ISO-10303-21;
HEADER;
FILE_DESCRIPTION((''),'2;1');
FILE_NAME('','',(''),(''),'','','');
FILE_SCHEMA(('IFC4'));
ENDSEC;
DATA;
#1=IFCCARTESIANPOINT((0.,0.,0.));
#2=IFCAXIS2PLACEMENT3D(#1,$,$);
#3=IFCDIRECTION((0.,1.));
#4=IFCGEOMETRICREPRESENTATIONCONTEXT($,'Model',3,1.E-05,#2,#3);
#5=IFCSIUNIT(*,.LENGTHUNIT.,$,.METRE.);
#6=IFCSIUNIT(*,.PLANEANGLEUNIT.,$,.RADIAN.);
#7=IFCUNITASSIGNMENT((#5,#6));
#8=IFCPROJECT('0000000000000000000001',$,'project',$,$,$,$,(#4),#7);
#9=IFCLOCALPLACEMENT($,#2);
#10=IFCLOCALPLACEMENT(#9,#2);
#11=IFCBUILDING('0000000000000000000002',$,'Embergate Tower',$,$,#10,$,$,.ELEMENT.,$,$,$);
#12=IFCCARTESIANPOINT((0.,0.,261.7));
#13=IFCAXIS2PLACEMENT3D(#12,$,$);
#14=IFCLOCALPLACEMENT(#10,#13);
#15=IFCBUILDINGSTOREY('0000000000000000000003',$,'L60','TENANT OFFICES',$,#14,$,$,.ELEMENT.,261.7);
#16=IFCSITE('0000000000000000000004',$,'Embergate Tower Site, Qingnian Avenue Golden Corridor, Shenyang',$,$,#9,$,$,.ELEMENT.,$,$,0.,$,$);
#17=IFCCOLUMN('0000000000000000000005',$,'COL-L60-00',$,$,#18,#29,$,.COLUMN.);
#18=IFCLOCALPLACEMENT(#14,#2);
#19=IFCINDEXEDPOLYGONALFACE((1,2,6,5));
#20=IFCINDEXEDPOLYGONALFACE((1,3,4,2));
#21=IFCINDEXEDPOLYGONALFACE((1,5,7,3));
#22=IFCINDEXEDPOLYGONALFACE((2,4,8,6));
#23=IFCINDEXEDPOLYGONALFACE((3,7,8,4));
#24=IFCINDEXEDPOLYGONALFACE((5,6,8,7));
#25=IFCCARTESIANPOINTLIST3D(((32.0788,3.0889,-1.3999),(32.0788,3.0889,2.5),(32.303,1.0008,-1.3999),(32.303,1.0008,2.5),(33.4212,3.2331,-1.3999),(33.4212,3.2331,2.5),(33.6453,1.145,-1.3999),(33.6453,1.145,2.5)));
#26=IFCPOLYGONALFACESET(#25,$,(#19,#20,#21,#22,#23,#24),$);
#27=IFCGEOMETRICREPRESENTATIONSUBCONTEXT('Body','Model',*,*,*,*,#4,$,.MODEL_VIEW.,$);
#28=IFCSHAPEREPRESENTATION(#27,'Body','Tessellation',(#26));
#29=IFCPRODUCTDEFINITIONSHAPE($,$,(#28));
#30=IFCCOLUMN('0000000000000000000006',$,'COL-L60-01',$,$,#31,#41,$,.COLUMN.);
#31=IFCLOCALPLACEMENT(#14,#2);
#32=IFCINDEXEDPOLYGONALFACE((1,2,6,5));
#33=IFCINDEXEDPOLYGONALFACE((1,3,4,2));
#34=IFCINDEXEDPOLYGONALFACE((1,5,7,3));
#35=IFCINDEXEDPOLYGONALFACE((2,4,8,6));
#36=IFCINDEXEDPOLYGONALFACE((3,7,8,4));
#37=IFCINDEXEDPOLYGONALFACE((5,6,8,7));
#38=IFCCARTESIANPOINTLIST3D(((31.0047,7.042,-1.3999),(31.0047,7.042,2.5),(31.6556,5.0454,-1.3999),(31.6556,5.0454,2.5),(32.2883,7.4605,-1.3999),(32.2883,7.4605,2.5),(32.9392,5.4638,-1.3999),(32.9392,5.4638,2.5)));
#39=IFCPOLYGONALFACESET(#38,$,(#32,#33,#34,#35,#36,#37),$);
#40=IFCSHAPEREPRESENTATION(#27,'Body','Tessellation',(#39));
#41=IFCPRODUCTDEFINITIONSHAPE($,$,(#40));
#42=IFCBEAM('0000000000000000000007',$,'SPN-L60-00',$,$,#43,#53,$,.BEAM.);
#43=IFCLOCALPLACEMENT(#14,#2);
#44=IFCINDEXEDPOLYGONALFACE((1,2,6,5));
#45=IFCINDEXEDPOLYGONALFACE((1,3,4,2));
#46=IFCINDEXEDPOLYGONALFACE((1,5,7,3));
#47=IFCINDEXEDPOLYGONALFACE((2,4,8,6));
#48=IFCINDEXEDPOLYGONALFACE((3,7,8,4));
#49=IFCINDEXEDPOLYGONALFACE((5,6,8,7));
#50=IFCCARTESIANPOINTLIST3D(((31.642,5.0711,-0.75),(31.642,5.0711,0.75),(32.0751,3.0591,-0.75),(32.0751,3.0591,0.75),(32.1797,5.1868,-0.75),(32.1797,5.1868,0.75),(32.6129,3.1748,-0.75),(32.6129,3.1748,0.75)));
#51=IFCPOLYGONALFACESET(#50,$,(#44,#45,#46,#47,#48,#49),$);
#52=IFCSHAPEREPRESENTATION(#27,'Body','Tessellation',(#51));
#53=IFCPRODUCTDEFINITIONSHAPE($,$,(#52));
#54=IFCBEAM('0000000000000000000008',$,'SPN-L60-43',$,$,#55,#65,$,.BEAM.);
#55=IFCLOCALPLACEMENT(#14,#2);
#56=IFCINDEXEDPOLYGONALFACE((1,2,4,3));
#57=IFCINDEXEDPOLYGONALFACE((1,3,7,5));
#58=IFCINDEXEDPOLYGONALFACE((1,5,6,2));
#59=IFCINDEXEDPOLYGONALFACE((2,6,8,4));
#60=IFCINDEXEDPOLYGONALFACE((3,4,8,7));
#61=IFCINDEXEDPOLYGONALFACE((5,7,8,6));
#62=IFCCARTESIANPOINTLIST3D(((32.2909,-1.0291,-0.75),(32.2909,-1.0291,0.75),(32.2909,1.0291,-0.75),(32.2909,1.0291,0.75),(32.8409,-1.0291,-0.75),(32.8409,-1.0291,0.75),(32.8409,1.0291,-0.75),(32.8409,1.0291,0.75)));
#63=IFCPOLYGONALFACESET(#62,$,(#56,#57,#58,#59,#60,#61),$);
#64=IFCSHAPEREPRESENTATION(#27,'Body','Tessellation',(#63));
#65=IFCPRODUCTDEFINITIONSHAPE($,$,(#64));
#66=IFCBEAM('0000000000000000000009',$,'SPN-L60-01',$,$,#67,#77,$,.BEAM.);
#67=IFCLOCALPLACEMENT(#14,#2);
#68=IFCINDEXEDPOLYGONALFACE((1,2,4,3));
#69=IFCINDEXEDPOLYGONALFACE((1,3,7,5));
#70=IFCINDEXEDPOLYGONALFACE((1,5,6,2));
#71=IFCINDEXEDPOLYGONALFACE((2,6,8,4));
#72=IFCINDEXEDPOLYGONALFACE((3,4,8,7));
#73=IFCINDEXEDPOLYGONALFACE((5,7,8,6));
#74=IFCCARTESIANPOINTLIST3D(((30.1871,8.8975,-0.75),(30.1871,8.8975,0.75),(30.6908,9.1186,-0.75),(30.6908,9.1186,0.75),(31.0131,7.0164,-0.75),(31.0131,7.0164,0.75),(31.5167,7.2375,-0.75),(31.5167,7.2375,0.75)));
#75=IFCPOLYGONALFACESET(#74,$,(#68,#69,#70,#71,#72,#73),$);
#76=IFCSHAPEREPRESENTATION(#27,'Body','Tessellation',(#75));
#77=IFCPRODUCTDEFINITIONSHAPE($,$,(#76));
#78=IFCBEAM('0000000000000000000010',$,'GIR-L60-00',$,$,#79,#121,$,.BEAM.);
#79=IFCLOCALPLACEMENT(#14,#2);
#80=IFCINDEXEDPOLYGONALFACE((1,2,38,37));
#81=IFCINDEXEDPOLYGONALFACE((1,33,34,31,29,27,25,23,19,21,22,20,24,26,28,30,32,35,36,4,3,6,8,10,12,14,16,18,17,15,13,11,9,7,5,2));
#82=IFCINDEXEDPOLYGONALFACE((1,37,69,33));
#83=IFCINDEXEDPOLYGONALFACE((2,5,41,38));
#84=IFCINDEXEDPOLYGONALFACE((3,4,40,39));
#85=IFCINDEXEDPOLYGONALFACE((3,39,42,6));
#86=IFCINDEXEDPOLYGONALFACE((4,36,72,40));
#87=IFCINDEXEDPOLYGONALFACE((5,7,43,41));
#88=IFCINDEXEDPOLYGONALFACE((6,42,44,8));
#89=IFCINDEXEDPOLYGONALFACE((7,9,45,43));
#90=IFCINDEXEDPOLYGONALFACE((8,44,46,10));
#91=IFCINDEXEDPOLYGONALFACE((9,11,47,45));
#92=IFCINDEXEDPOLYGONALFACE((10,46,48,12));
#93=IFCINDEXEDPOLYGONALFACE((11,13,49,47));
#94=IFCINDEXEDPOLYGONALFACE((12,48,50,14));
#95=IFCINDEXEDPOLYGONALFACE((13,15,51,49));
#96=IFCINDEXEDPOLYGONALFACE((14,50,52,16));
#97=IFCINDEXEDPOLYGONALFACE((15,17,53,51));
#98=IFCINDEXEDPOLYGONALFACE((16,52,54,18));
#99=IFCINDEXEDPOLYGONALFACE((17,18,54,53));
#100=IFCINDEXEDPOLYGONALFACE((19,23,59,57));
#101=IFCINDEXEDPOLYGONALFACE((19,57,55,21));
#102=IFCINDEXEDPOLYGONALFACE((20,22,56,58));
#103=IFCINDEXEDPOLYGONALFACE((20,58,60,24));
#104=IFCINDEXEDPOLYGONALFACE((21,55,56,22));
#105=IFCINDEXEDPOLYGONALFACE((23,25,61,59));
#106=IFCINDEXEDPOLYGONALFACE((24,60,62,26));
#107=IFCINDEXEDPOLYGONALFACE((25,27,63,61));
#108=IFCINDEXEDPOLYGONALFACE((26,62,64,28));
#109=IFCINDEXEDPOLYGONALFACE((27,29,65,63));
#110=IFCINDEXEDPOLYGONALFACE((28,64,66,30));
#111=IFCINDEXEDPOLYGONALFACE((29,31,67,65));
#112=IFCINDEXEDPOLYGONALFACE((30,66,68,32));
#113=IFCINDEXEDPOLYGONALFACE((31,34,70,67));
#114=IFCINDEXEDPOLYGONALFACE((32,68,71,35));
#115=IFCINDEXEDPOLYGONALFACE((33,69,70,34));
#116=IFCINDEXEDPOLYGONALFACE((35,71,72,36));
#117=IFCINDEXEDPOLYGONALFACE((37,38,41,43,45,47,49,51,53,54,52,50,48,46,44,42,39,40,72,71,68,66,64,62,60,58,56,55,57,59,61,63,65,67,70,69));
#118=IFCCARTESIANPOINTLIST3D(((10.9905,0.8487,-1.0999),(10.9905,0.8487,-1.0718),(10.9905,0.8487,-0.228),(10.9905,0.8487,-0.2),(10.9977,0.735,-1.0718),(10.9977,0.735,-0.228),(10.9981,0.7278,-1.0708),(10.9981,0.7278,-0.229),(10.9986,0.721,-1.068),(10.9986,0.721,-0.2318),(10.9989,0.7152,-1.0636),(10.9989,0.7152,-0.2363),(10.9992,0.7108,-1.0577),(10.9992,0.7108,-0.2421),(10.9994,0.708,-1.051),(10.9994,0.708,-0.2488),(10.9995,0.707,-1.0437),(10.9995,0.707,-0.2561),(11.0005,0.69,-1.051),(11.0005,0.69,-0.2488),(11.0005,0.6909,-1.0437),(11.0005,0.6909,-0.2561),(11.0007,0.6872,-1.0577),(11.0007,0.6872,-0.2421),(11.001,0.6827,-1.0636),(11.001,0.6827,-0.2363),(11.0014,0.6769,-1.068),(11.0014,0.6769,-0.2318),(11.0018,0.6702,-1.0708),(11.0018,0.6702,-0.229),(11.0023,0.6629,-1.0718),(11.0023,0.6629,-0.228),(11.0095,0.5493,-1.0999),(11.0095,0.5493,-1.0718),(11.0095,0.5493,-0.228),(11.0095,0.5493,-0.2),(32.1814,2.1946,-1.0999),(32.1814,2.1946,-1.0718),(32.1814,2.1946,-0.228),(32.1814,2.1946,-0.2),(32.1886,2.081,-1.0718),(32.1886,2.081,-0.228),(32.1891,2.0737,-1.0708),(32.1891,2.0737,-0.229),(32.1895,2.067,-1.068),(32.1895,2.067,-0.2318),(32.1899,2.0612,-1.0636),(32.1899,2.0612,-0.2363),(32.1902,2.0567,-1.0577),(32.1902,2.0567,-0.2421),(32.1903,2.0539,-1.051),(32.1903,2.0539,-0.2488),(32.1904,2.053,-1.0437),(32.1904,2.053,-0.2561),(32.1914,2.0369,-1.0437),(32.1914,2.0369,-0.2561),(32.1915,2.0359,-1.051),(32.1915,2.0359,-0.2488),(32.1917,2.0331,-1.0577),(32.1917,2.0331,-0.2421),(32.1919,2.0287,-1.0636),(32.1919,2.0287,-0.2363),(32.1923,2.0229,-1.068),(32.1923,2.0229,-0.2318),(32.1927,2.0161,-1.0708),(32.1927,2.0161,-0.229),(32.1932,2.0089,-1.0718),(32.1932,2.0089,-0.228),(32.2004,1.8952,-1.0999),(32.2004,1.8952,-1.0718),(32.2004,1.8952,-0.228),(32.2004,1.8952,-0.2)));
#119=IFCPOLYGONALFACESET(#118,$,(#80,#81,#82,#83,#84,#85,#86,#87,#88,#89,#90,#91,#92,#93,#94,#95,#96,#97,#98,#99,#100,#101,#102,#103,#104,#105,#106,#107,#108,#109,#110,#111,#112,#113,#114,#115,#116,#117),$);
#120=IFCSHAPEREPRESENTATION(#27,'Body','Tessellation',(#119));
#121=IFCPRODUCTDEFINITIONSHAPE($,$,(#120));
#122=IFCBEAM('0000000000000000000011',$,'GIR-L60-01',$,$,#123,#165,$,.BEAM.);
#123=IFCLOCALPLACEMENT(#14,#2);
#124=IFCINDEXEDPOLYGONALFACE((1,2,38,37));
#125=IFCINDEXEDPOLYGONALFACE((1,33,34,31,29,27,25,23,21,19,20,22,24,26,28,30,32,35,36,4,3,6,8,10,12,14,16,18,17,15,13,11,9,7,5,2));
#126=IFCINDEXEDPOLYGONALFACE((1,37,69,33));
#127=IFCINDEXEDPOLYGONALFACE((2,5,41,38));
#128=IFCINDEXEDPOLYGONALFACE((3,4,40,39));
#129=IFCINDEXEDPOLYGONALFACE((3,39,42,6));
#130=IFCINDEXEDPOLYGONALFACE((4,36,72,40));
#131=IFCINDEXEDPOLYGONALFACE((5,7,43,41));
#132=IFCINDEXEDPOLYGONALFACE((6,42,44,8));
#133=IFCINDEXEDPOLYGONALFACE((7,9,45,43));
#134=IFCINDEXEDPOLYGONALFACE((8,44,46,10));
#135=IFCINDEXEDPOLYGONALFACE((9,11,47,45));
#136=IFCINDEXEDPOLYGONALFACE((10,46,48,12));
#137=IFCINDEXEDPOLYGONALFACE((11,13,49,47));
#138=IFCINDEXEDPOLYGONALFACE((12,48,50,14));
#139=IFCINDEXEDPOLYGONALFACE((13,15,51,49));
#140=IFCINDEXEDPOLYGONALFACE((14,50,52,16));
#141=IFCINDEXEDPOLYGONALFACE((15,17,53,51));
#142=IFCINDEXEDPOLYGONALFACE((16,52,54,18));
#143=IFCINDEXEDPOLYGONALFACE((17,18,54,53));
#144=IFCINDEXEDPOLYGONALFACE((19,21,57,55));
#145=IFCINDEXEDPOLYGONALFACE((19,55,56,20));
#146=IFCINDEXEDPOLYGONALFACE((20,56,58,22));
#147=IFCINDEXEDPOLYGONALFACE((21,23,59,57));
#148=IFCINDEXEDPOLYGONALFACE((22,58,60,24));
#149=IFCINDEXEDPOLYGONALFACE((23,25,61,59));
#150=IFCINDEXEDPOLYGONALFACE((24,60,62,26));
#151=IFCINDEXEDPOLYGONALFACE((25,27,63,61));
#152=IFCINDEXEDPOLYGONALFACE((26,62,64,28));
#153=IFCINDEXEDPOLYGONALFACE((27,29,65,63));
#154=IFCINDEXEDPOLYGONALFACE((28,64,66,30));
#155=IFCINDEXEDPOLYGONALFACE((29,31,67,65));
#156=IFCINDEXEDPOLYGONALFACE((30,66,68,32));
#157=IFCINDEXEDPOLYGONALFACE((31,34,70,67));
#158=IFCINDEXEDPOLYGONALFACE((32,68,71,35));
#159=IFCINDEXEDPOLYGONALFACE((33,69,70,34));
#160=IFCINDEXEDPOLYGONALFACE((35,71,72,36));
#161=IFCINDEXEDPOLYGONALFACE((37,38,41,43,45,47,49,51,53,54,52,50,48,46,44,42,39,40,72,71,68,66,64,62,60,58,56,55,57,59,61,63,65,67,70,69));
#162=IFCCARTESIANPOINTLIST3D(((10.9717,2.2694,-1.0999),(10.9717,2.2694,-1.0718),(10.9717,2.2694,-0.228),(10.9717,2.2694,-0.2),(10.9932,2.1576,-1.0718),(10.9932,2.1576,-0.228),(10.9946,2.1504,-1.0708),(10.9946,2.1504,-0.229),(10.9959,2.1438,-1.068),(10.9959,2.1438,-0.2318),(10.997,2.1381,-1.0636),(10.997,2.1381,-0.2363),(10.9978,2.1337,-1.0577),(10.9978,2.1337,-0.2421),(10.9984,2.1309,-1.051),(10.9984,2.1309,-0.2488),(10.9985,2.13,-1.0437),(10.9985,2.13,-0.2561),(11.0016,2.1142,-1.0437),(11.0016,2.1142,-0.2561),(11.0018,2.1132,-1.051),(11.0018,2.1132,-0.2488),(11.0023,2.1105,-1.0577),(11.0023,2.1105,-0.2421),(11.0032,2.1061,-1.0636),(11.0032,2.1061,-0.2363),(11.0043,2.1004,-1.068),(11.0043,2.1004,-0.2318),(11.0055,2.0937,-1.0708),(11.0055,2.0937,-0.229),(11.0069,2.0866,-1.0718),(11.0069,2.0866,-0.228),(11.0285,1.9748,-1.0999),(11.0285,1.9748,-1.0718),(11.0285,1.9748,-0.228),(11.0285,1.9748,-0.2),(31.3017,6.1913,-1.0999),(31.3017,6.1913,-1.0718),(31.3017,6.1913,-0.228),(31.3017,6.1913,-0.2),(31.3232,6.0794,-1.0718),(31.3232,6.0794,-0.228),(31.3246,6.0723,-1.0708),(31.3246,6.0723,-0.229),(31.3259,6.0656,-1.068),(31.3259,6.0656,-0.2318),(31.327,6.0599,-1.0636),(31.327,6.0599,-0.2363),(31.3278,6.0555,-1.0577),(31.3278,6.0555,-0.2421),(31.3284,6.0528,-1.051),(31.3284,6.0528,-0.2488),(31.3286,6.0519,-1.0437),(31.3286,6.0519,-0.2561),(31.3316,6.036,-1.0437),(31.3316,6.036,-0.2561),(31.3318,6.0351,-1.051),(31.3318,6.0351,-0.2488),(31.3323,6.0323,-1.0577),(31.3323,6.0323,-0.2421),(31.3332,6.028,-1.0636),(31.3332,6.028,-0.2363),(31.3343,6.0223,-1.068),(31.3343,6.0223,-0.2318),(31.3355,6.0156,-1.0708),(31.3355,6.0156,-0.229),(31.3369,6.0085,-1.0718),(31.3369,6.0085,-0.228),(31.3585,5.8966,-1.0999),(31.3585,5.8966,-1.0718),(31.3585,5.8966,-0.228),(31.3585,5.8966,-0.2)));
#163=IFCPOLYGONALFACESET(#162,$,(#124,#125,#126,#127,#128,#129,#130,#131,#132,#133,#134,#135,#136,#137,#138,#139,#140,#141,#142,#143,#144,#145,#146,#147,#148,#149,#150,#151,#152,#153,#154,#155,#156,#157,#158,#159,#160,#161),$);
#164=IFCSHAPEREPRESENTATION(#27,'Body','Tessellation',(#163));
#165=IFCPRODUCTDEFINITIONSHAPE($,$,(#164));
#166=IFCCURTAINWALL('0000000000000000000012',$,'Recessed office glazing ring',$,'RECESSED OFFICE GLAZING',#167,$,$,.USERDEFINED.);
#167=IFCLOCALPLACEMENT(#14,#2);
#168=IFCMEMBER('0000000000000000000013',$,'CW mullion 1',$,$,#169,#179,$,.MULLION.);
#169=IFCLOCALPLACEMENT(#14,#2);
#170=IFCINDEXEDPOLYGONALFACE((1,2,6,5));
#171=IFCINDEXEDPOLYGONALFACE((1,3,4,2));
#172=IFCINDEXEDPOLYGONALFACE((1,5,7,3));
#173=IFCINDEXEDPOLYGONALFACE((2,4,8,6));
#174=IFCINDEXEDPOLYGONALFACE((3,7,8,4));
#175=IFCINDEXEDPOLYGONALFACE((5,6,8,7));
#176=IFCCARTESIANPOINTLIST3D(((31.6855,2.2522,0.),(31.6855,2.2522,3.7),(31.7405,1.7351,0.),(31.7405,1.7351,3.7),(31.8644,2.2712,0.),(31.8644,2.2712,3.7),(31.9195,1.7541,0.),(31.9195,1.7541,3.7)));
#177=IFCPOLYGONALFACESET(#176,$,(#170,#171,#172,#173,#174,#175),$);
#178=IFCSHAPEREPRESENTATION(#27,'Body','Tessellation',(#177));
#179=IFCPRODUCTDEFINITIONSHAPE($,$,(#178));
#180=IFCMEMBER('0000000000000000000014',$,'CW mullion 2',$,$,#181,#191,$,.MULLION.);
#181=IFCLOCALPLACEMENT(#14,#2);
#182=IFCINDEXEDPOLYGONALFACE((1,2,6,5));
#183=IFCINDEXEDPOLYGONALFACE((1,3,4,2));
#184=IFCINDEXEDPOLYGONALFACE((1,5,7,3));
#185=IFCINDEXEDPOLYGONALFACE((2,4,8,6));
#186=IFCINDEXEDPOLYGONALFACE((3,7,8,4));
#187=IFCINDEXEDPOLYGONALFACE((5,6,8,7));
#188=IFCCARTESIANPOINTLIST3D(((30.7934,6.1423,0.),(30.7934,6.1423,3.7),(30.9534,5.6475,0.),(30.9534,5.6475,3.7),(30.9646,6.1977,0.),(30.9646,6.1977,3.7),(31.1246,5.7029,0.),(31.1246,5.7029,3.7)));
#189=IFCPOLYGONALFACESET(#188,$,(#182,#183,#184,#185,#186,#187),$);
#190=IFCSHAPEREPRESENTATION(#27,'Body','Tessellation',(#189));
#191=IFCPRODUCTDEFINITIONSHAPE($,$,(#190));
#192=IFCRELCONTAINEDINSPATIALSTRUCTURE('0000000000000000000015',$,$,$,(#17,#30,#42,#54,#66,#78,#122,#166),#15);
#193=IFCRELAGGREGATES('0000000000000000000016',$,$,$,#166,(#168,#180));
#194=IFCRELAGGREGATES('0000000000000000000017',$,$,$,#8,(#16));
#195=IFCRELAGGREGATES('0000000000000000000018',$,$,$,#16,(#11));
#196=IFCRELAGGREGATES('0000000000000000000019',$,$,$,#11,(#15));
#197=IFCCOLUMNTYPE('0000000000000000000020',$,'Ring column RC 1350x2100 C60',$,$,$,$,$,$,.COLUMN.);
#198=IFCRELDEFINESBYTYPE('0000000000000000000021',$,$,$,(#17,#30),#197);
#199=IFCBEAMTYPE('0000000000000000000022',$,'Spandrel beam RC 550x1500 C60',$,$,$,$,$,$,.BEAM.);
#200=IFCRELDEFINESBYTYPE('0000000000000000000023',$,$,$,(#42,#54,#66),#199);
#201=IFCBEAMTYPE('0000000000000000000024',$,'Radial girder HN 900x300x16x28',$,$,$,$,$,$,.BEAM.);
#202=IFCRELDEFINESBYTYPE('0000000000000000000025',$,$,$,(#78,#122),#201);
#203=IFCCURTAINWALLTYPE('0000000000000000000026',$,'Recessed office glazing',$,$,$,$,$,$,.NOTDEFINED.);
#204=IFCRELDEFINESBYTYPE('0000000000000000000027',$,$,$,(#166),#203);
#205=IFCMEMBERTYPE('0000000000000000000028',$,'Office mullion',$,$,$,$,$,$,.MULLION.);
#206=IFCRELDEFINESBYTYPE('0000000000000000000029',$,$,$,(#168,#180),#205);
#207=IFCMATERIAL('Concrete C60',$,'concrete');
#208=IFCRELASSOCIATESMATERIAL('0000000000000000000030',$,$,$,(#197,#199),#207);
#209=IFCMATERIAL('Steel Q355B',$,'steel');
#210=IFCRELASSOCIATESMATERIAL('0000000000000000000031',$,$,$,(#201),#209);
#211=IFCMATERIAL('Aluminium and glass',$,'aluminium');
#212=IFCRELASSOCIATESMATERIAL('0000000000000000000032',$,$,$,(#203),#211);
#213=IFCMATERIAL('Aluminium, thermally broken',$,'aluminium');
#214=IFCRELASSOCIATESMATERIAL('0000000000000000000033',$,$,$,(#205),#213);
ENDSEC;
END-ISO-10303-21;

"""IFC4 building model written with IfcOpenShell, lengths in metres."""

from ifc_helpers import new_model, si_unit, direction, frame, origin, origin_2d, place, context, subcontext, project, spatial, rectangle, i_section, extrude, source, transform, mapped, material, material_profile, profile_set, type_object, element, aggregate, save


model = new_model("IFC4")

# Units and contexts
model_context = context("Model", 3, precision=1e-05, world=origin(), true_north=direction((0.0, 1.0)))
body_context = subcontext(model_context, "Body", "Model", "MODEL_VIEW")
ifc_project = project(units=[si_unit("LENGTHUNIT", "METRE"), si_unit("PLANEANGLEUNIT", "RADIAN")], contexts=[model_context])

# Site, building, storey
site_placement = place(None, origin())
site = spatial("IfcSite", under=ifc_project, at=site_placement, Name="Embergate Tower Site, Qingnian Avenue Golden Corridor, Shenyang", CompositionType="ELEMENT", RefElevation=0.0)
building_placement = place(site_placement, origin())
building = spatial("IfcBuilding", under=site, at=building_placement, Name="Embergate Tower", CompositionType="ELEMENT")
storey_placement = place(building_placement, frame((0.0, 0.0, 261.7)))
storey = spatial("IfcBuildingStorey", under=building, at=storey_placement, Name="L60", Description="TENANT OFFICES", CompositionType="ELEMENT", Elevation=261.7)

# Columns
ifc_material_1 = material(Name="Concrete C60", Category="concrete")
ifc_material_profile_1 = material_profile(ifc_material_1, rectangle(XDim=1.3501, YDim=2.1001, at=origin_2d()), Name="RC 1350x2100")
ifc_profile_set_1 = profile_set([ifc_material_profile_1], Name="Concrete C60")
column_type = type_object("IfcColumnType", Name="Ring column RC 1350x2100 C60", PredefinedType="COLUMN", material=ifc_profile_set_1)
shared_shape_1 = source(origin(), body_context, "Body", "SweptSolid", [
    extrude(rectangle(XDim=1.3501, YDim=2.1001, at=origin_2d()), origin(), (0.0, 0.0, 1.0), 3.8999),
])
for number, where, z_axis, x_axis, name in (
    (1, (32.8621, 2.1169, -1.3999), (0.0, 0.0, 1.0), (0.994286, 0.10675, 0.0), "COL-L60-00"),
    (2, (31.9719, 6.2529, -1.3999), (0.0, 0.0, 1.0), (0.950754, 0.309946, 0.0), "COL-L60-01"),
):
    element("IfcColumn", number, at=place(storey_placement, frame(where, z_axis=z_axis, x_axis=x_axis)), inside=storey, type_object=column_type, Name=name, PredefinedType="COLUMN", context=body_context, shape_type="MappedRepresentation", body=[
        mapped(shared_shape_1, transform((0.0, 0.0, 0.0))),
    ])

# Beams
ifc_material_profile_2 = material_profile(ifc_material_1, rectangle(XDim=0.55, YDim=1.5, at=origin_2d()), Name="RC 550x1500")
ifc_profile_set_2 = profile_set([ifc_material_profile_2], Name="Concrete C60")
beam_type_1 = type_object("IfcBeamType", Name="Spandrel beam RC 550x1500 C60", PredefinedType="BEAM", material=ifc_profile_set_2)
shared_shape_2 = source(origin(), body_context, "Body", "SweptSolid", [
    extrude(rectangle(XDim=0.55, YDim=1.5, at=origin_2d()), origin(), (0.0, 0.0, 1.0), 2.0581),
])
for number, where, z_axis, x_axis, name in (
    (3, (32.344, 3.1169, 0.0), (-0.210444, 0.977606, 0.0), (-0.977606, -0.210444, 0.0), "SPN-L60-00"),
    (4, (32.5659, -1.0291, 0.0), (0.0, 1.0, 0.0), (-1.0, 0.0, 0.0), "SPN-L60-43"),
):
    element("IfcBeam", number, at=place(storey_placement, frame(where, z_axis=z_axis, x_axis=x_axis)), inside=storey, type_object=beam_type_1, Name=name, PredefinedType="BEAM", context=body_context, shape_type="MappedRepresentation", body=[
        mapped(shared_shape_2, transform((0.0, 0.0, 0.0))),
    ])
shared_shape_3 = source(origin(), body_context, "Body", "SweptSolid", [
    extrude(rectangle(XDim=0.55, YDim=1.5, at=origin_2d()), origin(), (0.0, 0.0, 1.0), 2.0544),
])
beam_1_placement = place(storey_placement, frame((31.2649, 7.127, 0.0), z_axis=(-0.402022, 0.91563, 0.0), x_axis=(-0.91563, -0.402022, 0.0)))
element("IfcBeam", 5, at=beam_1_placement, inside=storey, type_object=beam_type_1, Name="SPN-L60-01", PredefinedType="BEAM", context=body_context, shape_type="MappedRepresentation", body=[
    mapped(shared_shape_3, transform((0.0, 0.0, 0.0))),
])
ifc_material_2 = material(Name="Steel Q355B", Category="steel")
ifc_material_profile_3 = material_profile(ifc_material_2, i_section(OverallWidth=0.3, OverallDepth=0.8999, WebThickness=0.0161, FlangeThickness=0.0281, FilletRadius=0.0281, at=origin_2d()), Name="HN 900x300x16x28")
ifc_profile_set_3 = profile_set([ifc_material_profile_3], Name="Steel Q355 grade B")
beam_type_2 = type_object("IfcBeamType", Name="Radial girder HN 900x300x16x28", PredefinedType="BEAM", material=ifc_profile_set_3)
shared_shape_4 = source(origin(), body_context, "Body", "SweptSolid", [
    extrude(i_section(OverallWidth=0.3, OverallDepth=0.8999, WebThickness=0.0161, FlangeThickness=0.0281, FilletRadius=0.0281, at=origin_2d()), origin(), (0.0, 0.0, 1.0), 21.2336),
])
beam_2_placement = place(storey_placement, frame((32.1909, 2.0449, -0.6499), z_axis=(-0.997989, -0.063388, 0.0), x_axis=(0.063388, -0.997989, 0.0)))
element("IfcBeam", 6, at=beam_2_placement, inside=storey, type_object=beam_type_2, Name="GIR-L60-00", PredefinedType="BEAM", context=body_context, shape_type="MappedRepresentation", body=[
    mapped(shared_shape_4, transform((0.0, 0.0, 0.0))),
])
shared_shape_5 = source(origin(), body_context, "Body", "SweptSolid", [
    extrude(i_section(OverallWidth=0.3, OverallDepth=0.8999, WebThickness=0.0161, FlangeThickness=0.0281, FilletRadius=0.0281, at=origin_2d()), origin(), (0.0, 0.0, 1.0), 20.7048),
])
beam_3_placement = place(storey_placement, frame((31.3301, 6.0439, -0.6499), z_axis=(-0.981897, -0.189418, 0.0), x_axis=(0.189418, -0.981897, 0.0)))
element("IfcBeam", 7, at=beam_3_placement, inside=storey, type_object=beam_type_2, Name="GIR-L60-01", PredefinedType="BEAM", context=body_context, shape_type="MappedRepresentation", body=[
    mapped(shared_shape_5, transform((0.0, 0.0, 0.0))),
])

# Curtain wall, members
ifc_material_3 = material(Name="Aluminium and glass", Category="aluminium")
curtain_wall_type = type_object("IfcCurtainWallType", Name="Recessed office glazing", PredefinedType="NOTDEFINED", material=ifc_material_3)
curtain_wall_placement = place(storey_placement, origin())
curtain_wall = element("IfcCurtainWall", 8, at=curtain_wall_placement, inside=storey, type_object=curtain_wall_type, Name="Recessed office glazing ring", ObjectType="RECESSED OFFICE GLAZING", PredefinedType="USERDEFINED")
ifc_material_4 = material(Name="Aluminium, thermally broken", Category="aluminium")
ifc_material_profile_4 = material_profile(ifc_material_4, rectangle(XDim=0.1799, YDim=0.52, at=origin_2d()), Name="AL 520x180")
ifc_profile_set_4 = profile_set([ifc_material_profile_4], Name="Aluminium, thermally broken")
member_type_1 = type_object("IfcMemberType", Name="Office mullion", PredefinedType="MULLION", material=ifc_profile_set_4)
shared_shape_6 = source(origin(), body_context, "Body", "SweptSolid", [
    extrude(rectangle(XDim=0.1799, YDim=0.52, at=origin_2d()), origin(), (0.0, 0.0, 1.0), 3.7),
])
member_1_placement = place(storey_placement, frame((31.8025, 2.0032, 0.0), z_axis=(0.0, 0.0, 1.0), x_axis=(-0.994384, -0.105828, 0.0)))
member_1 = element("IfcMember", 9, at=member_1_placement, type_object=member_type_1, Name="CW mullion 1", PredefinedType="MULLION", context=body_context, shape_type="MappedRepresentation", body=[
    mapped(shared_shape_6, transform((0.0, 0.0, 0.0))),
])
member_2_placement = place(storey_placement, frame((30.959, 5.9226, 0.0), z_axis=(0.0, 0.0, 1.0), x_axis=(-0.951494, -0.307667, 0.0)))
member_2 = element("IfcMember", 10, at=member_2_placement, type_object=member_type_1, Name="CW mullion 2", PredefinedType="MULLION", context=body_context, shape_type="MappedRepresentation", body=[
    mapped(shared_shape_6, transform((0.0, 0.0, 0.0))),
])
aggregate(curtain_wall, [member_1, member_2])

save(model, "model.ifc")
